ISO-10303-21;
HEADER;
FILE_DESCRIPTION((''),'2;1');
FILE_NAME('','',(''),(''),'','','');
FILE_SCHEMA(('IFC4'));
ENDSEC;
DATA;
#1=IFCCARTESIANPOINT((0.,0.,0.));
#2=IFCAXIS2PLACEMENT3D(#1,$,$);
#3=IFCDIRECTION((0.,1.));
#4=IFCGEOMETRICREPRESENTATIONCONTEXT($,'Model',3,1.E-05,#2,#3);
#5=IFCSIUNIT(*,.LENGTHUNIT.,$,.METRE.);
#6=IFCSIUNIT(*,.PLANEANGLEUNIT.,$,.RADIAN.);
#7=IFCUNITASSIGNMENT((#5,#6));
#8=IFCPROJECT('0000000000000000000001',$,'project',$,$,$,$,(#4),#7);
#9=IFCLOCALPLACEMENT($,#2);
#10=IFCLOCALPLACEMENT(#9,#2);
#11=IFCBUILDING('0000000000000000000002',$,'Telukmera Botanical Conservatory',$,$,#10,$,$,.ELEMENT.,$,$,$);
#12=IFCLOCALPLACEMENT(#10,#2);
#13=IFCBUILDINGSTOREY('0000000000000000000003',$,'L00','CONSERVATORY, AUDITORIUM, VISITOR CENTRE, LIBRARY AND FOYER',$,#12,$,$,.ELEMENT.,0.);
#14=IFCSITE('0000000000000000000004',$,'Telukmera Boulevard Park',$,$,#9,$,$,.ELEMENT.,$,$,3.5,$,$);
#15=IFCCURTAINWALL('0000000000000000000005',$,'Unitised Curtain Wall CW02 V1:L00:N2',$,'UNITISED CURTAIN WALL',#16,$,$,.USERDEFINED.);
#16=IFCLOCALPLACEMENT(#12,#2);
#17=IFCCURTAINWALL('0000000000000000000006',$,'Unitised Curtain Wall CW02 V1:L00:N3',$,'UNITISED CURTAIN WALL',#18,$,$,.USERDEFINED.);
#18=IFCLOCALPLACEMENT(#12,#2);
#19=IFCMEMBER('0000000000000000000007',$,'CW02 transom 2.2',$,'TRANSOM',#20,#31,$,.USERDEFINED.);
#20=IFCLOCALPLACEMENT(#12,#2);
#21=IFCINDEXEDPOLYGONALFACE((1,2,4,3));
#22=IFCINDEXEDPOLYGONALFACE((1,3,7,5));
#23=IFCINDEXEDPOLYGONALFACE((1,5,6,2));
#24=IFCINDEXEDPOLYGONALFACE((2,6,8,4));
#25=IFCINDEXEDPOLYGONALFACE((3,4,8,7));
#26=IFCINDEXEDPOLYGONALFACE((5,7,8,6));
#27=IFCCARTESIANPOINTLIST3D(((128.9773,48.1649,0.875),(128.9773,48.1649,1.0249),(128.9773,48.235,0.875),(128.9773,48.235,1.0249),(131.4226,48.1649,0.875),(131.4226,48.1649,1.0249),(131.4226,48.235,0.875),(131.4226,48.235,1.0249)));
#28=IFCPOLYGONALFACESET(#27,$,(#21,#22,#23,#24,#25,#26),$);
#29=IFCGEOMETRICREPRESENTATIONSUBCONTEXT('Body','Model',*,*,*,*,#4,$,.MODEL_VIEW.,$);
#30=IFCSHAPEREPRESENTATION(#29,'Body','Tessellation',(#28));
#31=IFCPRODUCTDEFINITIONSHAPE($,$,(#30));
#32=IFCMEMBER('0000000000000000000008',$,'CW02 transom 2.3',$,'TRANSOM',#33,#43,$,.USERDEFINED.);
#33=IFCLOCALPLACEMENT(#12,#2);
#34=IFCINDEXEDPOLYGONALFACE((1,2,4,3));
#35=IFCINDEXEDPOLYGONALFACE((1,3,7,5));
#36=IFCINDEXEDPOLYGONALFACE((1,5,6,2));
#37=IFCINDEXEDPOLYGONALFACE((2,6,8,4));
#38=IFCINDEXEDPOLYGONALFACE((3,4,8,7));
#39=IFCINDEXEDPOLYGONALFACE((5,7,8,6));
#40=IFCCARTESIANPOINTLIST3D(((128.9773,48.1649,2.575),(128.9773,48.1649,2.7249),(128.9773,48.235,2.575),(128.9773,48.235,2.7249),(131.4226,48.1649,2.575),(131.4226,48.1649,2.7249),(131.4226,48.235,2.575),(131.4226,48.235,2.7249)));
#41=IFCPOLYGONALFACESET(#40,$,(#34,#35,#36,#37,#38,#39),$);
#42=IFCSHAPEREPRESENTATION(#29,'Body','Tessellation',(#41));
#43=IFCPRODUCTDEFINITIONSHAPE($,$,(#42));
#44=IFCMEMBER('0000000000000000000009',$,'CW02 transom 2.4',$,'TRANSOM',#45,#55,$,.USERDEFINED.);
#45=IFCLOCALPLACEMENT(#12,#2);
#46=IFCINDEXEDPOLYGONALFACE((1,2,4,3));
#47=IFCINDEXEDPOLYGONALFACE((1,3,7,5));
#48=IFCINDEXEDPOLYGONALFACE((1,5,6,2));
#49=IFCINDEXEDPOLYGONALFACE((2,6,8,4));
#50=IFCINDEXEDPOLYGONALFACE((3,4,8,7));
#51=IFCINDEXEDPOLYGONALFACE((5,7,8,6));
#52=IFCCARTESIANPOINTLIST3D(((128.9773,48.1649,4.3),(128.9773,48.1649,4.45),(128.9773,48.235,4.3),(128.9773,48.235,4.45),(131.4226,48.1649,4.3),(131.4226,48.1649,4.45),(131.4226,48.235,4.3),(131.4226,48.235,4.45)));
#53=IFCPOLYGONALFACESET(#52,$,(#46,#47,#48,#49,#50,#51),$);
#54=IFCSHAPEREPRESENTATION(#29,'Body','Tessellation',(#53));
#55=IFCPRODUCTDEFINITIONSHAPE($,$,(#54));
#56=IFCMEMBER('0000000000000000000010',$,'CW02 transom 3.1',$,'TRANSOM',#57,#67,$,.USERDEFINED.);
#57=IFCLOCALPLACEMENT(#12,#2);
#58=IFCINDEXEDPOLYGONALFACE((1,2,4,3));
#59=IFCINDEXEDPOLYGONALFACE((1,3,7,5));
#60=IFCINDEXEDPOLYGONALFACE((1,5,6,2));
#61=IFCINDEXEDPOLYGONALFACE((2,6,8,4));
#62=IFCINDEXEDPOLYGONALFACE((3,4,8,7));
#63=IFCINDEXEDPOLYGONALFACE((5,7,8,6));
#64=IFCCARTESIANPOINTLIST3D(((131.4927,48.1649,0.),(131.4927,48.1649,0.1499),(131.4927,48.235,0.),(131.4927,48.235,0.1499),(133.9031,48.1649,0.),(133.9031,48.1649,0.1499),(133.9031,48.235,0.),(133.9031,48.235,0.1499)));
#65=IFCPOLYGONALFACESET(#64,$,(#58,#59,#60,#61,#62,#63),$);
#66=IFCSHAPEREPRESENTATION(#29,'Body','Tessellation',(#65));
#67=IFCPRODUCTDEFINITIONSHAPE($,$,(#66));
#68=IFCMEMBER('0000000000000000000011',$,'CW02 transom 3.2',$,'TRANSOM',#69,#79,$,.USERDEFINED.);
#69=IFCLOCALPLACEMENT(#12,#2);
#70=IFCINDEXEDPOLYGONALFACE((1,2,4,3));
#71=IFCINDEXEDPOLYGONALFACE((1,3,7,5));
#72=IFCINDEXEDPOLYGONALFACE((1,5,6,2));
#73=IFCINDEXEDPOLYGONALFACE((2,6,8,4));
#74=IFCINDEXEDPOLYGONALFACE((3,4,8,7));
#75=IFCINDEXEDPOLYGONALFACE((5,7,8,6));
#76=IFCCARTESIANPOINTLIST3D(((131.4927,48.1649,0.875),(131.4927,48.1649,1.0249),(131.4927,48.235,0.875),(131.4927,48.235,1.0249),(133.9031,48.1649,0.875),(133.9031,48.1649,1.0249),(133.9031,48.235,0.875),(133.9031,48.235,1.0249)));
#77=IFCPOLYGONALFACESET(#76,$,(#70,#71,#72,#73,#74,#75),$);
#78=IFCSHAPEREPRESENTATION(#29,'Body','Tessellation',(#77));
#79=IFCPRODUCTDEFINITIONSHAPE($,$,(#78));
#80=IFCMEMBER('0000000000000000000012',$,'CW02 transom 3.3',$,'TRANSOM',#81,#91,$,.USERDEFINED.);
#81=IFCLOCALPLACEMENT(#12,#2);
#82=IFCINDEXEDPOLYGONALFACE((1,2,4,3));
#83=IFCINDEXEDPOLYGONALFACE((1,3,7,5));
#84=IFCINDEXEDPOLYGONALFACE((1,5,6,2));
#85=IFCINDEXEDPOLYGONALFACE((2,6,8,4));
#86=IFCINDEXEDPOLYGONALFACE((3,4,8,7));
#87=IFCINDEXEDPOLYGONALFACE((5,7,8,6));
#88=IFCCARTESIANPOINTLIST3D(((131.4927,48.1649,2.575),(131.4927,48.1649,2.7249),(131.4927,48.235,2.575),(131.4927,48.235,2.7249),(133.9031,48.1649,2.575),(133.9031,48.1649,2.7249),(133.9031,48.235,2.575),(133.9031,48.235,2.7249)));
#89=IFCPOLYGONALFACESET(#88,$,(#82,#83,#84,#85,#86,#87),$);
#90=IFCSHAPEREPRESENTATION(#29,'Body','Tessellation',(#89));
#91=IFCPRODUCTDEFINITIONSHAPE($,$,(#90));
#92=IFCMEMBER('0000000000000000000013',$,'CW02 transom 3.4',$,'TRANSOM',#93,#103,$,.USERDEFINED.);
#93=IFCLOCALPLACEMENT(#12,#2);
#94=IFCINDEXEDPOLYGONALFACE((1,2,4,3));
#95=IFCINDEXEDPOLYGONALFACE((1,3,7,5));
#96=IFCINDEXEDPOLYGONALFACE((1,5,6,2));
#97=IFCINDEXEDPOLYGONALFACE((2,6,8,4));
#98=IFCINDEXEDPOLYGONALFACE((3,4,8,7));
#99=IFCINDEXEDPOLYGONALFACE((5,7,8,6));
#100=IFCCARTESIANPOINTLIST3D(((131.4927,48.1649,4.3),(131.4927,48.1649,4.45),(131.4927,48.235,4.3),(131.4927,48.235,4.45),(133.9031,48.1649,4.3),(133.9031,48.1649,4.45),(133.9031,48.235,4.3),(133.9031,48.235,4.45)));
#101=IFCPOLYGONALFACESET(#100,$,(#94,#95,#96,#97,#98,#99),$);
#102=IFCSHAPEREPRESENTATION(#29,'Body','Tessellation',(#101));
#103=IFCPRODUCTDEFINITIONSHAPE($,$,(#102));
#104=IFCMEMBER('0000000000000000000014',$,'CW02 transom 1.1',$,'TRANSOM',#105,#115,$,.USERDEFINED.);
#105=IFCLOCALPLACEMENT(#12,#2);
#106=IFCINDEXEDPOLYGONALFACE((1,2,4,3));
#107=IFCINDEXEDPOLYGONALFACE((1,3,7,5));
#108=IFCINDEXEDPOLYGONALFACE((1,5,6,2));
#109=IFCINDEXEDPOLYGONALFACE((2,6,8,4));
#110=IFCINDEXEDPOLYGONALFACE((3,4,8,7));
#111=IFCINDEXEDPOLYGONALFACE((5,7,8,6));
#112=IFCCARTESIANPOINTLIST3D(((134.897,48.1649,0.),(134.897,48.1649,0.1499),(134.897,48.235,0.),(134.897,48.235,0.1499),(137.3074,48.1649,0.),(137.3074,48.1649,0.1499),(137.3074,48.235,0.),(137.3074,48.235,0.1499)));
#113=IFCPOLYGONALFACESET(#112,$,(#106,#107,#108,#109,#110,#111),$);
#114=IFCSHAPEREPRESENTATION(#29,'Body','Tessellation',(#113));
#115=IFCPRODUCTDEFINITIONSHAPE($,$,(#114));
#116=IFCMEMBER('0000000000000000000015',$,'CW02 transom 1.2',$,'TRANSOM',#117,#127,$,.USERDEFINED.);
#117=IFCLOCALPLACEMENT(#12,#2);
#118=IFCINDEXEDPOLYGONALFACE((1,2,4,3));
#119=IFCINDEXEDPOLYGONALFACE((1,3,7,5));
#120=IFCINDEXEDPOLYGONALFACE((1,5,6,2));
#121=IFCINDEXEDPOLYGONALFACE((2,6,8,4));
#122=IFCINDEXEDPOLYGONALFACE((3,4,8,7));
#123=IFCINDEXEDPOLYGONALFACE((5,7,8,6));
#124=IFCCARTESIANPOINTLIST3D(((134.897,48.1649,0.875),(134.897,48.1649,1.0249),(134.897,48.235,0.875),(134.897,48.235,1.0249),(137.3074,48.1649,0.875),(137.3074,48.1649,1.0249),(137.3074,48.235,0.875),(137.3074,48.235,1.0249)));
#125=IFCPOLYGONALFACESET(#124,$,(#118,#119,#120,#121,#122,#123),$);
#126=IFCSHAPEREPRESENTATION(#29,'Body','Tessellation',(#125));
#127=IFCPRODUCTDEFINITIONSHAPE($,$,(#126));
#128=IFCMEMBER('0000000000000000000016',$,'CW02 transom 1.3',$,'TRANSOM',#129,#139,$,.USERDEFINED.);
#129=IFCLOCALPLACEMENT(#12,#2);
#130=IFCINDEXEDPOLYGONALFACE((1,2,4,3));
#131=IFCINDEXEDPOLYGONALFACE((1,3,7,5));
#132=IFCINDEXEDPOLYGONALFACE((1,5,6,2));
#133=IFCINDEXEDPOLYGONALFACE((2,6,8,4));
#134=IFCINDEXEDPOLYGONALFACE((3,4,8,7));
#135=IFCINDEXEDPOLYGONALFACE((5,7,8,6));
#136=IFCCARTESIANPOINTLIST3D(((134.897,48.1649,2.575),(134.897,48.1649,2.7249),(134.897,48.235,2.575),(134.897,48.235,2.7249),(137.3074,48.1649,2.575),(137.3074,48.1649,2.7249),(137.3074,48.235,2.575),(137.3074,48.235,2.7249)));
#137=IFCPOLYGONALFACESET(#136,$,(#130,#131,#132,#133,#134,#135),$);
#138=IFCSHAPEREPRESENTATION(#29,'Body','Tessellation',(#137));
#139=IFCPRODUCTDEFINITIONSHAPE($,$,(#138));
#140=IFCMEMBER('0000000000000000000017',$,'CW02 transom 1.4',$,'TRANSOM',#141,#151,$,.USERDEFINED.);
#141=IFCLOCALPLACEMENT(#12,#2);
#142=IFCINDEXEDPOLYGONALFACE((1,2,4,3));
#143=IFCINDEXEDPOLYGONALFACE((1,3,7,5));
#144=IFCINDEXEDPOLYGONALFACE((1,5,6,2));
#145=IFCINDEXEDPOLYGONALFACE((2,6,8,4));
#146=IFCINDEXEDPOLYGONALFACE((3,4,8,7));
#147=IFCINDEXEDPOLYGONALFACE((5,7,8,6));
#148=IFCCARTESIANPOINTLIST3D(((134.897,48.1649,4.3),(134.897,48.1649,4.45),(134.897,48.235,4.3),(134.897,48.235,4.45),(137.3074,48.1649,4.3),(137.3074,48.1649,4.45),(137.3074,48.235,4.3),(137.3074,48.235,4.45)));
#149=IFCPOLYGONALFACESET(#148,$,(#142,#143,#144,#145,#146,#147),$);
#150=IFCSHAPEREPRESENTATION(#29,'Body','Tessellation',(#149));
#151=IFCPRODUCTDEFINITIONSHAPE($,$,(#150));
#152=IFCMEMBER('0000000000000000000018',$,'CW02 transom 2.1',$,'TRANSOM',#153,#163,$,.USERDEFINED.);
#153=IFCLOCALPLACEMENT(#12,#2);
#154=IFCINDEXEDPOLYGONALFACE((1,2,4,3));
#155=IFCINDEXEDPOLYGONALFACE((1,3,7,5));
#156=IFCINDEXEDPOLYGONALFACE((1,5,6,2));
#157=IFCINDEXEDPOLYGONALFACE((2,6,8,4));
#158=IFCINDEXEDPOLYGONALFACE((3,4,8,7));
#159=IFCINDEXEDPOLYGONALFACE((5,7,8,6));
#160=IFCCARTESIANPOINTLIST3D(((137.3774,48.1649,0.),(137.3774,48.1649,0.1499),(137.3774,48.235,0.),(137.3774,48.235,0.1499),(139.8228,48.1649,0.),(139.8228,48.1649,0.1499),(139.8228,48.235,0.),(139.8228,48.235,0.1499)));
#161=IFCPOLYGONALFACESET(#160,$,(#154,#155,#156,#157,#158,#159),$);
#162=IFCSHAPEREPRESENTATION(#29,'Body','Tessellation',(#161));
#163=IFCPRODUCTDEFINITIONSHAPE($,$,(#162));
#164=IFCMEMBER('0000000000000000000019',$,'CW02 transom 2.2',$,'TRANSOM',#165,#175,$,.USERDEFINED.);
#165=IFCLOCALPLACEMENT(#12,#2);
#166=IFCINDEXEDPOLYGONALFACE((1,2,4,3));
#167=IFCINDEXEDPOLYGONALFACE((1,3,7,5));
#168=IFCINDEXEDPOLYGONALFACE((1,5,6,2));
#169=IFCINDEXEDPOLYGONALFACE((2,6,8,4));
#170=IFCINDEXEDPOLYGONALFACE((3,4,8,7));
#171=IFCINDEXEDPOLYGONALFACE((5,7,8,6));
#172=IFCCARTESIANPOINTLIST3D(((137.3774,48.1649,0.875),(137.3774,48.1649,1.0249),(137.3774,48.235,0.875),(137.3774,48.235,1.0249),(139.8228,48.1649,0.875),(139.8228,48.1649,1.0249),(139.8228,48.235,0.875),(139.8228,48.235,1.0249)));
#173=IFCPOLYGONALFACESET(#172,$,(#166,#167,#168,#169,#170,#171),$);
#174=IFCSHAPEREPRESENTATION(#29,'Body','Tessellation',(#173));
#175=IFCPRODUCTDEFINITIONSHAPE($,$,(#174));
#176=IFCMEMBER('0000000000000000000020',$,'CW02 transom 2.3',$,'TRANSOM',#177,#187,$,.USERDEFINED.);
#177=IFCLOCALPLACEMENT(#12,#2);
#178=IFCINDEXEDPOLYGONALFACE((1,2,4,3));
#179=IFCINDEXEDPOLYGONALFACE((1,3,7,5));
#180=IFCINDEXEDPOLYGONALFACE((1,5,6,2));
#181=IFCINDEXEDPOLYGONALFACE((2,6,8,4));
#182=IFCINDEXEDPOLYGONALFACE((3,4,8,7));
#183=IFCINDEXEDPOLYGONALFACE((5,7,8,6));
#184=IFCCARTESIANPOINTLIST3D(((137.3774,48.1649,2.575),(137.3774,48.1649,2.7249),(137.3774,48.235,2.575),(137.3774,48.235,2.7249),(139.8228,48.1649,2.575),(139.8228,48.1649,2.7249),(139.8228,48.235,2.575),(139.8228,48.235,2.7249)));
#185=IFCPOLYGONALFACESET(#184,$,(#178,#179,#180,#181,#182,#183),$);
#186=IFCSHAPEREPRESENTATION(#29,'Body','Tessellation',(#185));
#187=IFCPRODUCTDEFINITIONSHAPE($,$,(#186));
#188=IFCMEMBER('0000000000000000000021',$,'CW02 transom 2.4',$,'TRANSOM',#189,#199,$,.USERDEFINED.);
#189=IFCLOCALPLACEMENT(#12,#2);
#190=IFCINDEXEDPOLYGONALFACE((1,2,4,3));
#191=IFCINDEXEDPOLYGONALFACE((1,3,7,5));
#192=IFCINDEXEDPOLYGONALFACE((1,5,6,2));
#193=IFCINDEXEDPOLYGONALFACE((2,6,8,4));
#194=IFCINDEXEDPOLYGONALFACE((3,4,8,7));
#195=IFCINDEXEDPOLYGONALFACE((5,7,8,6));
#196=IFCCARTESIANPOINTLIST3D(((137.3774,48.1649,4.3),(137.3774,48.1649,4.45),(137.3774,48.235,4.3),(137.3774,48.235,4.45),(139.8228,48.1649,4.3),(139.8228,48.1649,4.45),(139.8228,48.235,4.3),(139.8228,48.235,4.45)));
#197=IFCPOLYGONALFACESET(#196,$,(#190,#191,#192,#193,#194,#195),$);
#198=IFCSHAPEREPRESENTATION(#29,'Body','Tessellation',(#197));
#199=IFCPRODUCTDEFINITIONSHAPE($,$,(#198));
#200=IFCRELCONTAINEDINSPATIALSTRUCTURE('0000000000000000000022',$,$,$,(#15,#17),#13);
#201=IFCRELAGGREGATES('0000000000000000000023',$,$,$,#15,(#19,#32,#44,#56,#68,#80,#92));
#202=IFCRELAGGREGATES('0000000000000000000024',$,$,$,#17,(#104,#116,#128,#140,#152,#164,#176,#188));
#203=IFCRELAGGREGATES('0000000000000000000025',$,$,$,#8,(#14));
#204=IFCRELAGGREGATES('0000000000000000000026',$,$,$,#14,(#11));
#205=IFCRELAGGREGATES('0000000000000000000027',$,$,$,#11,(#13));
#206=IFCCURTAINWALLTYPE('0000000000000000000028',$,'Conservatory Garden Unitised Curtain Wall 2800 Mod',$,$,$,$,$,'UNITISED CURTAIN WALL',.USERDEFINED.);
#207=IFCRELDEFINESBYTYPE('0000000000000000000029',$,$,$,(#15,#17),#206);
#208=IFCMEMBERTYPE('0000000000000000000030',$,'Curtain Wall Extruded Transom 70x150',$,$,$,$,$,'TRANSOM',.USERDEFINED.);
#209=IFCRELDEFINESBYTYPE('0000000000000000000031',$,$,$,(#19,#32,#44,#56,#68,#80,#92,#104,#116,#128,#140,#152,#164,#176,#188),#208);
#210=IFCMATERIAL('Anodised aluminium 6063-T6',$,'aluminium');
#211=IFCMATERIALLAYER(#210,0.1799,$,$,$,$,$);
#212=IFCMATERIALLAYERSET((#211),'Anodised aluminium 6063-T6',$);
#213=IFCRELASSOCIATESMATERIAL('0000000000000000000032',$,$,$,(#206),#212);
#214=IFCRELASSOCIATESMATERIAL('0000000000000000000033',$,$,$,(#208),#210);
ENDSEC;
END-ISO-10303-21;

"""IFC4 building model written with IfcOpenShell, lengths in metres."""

from ifc_helpers import new_model, si_unit, direction, frame, origin, origin_2d, place, context, subcontext, project, spatial, rectangle, extrude, material, layer, layer_set, material_profile, profile_set, type_object, element, aggregate, save


model = new_model("IFC4")

# Units and contexts
model_context = context("Model", 3, precision=1e-05, world=origin(), true_north=direction((0.0, 1.0)))
body_context = subcontext(model_context, "Body", "Model", "MODEL_VIEW")
ifc_project = project(units=[si_unit("LENGTHUNIT", "METRE"), si_unit("PLANEANGLEUNIT", "RADIAN")], contexts=[model_context])

# Site, building, storey
site_placement = place(None, origin())
site = spatial("IfcSite", under=ifc_project, at=site_placement, Name="Telukmera Boulevard Park", CompositionType="ELEMENT", RefElevation=3.5)
building_placement = place(site_placement, origin())
building = spatial("IfcBuilding", under=site, at=building_placement, Name="Telukmera Botanical Conservatory", CompositionType="ELEMENT")
storey_placement = place(building_placement, origin())
storey = spatial("IfcBuildingStorey", under=building, at=storey_placement, Name="L00", Description="CONSERVATORY, AUDITORIUM, VISITOR CENTRE, LIBRARY AND FOYER", CompositionType="ELEMENT", Elevation=0.0)

# Curtain walls
ifc_material_1 = material(Name="Anodised aluminium 6063-T6", Category="aluminium")
ifc_layer_1 = layer(ifc_material_1, 0.1799)
ifc_layer_set_1 = layer_set([ifc_layer_1], Name="Anodised aluminium 6063-T6")
curtain_wall_type = type_object("IfcCurtainWallType", Name="Conservatory Garden Unitised Curtain Wall 2800 Mod", ElementType="UNITISED CURTAIN WALL", PredefinedType="USERDEFINED", material=ifc_layer_set_1)
curtain_wall_1_placement = place(storey_placement, origin())
curtain_wall_1 = element("IfcCurtainWall", 1, at=curtain_wall_1_placement, inside=storey, type_object=curtain_wall_type, Name="Unitised Curtain Wall CW02 V1:L00:N2", ObjectType="UNITISED CURTAIN WALL", PredefinedType="USERDEFINED")
curtain_wall_2_placement = place(storey_placement, origin())
curtain_wall_2 = element("IfcCurtainWall", 2, at=curtain_wall_2_placement, inside=storey, type_object=curtain_wall_type, Name="Unitised Curtain Wall CW02 V1:L00:N3", ObjectType="UNITISED CURTAIN WALL", PredefinedType="USERDEFINED")

# Members
ifc_material_profile_1 = material_profile(ifc_material_1, rectangle(XDim=0.0701, YDim=0.1499, at=origin_2d()), Name="ALU TRAN 70x150")
ifc_profile_set_1 = profile_set([ifc_material_profile_1], Name="Anodised aluminium 6063-T6")
member_type_1 = type_object("IfcMemberType", Name="Curtain Wall Extruded Transom 70x150", ElementType="TRANSOM", PredefinedType="USERDEFINED", material=ifc_profile_set_1)
member_1_placement = place(storey_placement, frame((128.9773, 48.2, 0.95), z_axis=(1.0, 0.0, 0.0), x_axis=(0.0, 1.0, 0.0)))
member_1 = element("IfcMember", 3, at=member_1_placement, type_object=member_type_1, Name="CW02 transom 2.2", ObjectType="TRANSOM", PredefinedType="USERDEFINED", context=body_context, shape_type="SweptSolid", body=[
    extrude(rectangle(XDim=0.0701, YDim=0.1499, at=origin_2d()), origin(), (0.0, 0.0, 1.0), 2.4453),
])
member_2_placement = place(storey_placement, frame((128.9773, 48.2, 2.6499), z_axis=(1.0, 0.0, 0.0), x_axis=(0.0, 1.0, 0.0)))
member_2 = element("IfcMember", 4, at=member_2_placement, type_object=member_type_1, Name="CW02 transom 2.3", ObjectType="TRANSOM", PredefinedType="USERDEFINED", context=body_context, shape_type="SweptSolid", body=[
    extrude(rectangle(XDim=0.0701, YDim=0.1499, at=origin_2d()), origin(), (0.0, 0.0, 1.0), 2.4453),
])
member_3_placement = place(storey_placement, frame((128.9773, 48.2, 4.375), z_axis=(1.0, 0.0, 0.0), x_axis=(0.0, 1.0, 0.0)))
member_3 = element("IfcMember", 5, at=member_3_placement, type_object=member_type_1, Name="CW02 transom 2.4", ObjectType="TRANSOM", PredefinedType="USERDEFINED", context=body_context, shape_type="SweptSolid", body=[
    extrude(rectangle(XDim=0.0701, YDim=0.1499, at=origin_2d()), origin(), (0.0, 0.0, 1.0), 2.4453),
])
member_4_placement = place(storey_placement, frame((131.4927, 48.2, 0.075), z_axis=(1.0, 0.0, 0.0), x_axis=(0.0, 1.0, 0.0)))
member_4 = element("IfcMember", 6, at=member_4_placement, type_object=member_type_1, Name="CW02 transom 3.1", ObjectType="TRANSOM", PredefinedType="USERDEFINED", context=body_context, shape_type="SweptSolid", body=[
    extrude(rectangle(XDim=0.0701, YDim=0.1499, at=origin_2d()), origin(), (0.0, 0.0, 1.0), 2.4104),
])
member_5_placement = place(storey_placement, frame((131.4927, 48.2, 0.95), z_axis=(1.0, 0.0, 0.0), x_axis=(0.0, 1.0, 0.0)))
member_5 = element("IfcMember", 7, at=member_5_placement, type_object=member_type_1, Name="CW02 transom 3.2", ObjectType="TRANSOM", PredefinedType="USERDEFINED", context=body_context, shape_type="SweptSolid", body=[
    extrude(rectangle(XDim=0.0701, YDim=0.1499, at=origin_2d()), origin(), (0.0, 0.0, 1.0), 2.4104),
])
member_6_placement = place(storey_placement, frame((131.4927, 48.2, 2.6499), z_axis=(1.0, 0.0, 0.0), x_axis=(0.0, 1.0, 0.0)))
member_6 = element("IfcMember", 8, at=member_6_placement, type_object=member_type_1, Name="CW02 transom 3.3", ObjectType="TRANSOM", PredefinedType="USERDEFINED", context=body_context, shape_type="SweptSolid", body=[
    extrude(rectangle(XDim=0.0701, YDim=0.1499, at=origin_2d()), origin(), (0.0, 0.0, 1.0), 2.4104),
])
member_7_placement = place(storey_placement, frame((131.4927, 48.2, 4.375), z_axis=(1.0, 0.0, 0.0), x_axis=(0.0, 1.0, 0.0)))
member_7 = element("IfcMember", 9, at=member_7_placement, type_object=member_type_1, Name="CW02 transom 3.4", ObjectType="TRANSOM", PredefinedType="USERDEFINED", context=body_context, shape_type="SweptSolid", body=[
    extrude(rectangle(XDim=0.0701, YDim=0.1499, at=origin_2d()), origin(), (0.0, 0.0, 1.0), 2.4104),
])
member_8_placement = place(storey_placement, frame((134.897, 48.2, 0.075), z_axis=(1.0, 0.0, 0.0), x_axis=(0.0, 1.0, 0.0)))
member_8 = element("IfcMember", 10, at=member_8_placement, type_object=member_type_1, Name="CW02 transom 1.1", ObjectType="TRANSOM", PredefinedType="USERDEFINED", context=body_context, shape_type="SweptSolid", body=[
    extrude(rectangle(XDim=0.0701, YDim=0.1499, at=origin_2d()), origin(), (0.0, 0.0, 1.0), 2.4104),
])
member_9_placement = place(storey_placement, frame((134.897, 48.2, 0.95), z_axis=(1.0, 0.0, 0.0), x_axis=(0.0, 1.0, 0.0)))
member_9 = element("IfcMember", 11, at=member_9_placement, type_object=member_type_1, Name="CW02 transom 1.2", ObjectType="TRANSOM", PredefinedType="USERDEFINED", context=body_context, shape_type="SweptSolid", body=[
    extrude(rectangle(XDim=0.0701, YDim=0.1499, at=origin_2d()), origin(), (0.0, 0.0, 1.0), 2.4104),
])
member_10_placement = place(storey_placement, frame((134.897, 48.2, 2.6499), z_axis=(1.0, 0.0, 0.0), x_axis=(0.0, 1.0, 0.0)))
member_10 = element("IfcMember", 12, at=member_10_placement, type_object=member_type_1, Name="CW02 transom 1.3", ObjectType="TRANSOM", PredefinedType="USERDEFINED", context=body_context, shape_type="SweptSolid", body=[
    extrude(rectangle(XDim=0.0701, YDim=0.1499, at=origin_2d()), origin(), (0.0, 0.0, 1.0), 2.4104),
])
member_11_placement = place(storey_placement, frame((134.897, 48.2, 4.375), z_axis=(1.0, 0.0, 0.0), x_axis=(0.0, 1.0, 0.0)))
member_11 = element("IfcMember", 13, at=member_11_placement, type_object=member_type_1, Name="CW02 transom 1.4", ObjectType="TRANSOM", PredefinedType="USERDEFINED", context=body_context, shape_type="SweptSolid", body=[
    extrude(rectangle(XDim=0.0701, YDim=0.1499, at=origin_2d()), origin(), (0.0, 0.0, 1.0), 2.4104),
])
member_12_placement = place(storey_placement, frame((137.3774, 48.2, 0.075), z_axis=(1.0, 0.0, 0.0), x_axis=(0.0, 1.0, 0.0)))
member_12 = element("IfcMember", 14, at=member_12_placement, type_object=member_type_1, Name="CW02 transom 2.1", ObjectType="TRANSOM", PredefinedType="USERDEFINED", context=body_context, shape_type="SweptSolid", body=[
    extrude(rectangle(XDim=0.0701, YDim=0.1499, at=origin_2d()), origin(), (0.0, 0.0, 1.0), 2.4453),
])
member_13_placement = place(storey_placement, frame((137.3774, 48.2, 0.95), z_axis=(1.0, 0.0, 0.0), x_axis=(0.0, 1.0, 0.0)))
member_13 = element("IfcMember", 15, at=member_13_placement, type_object=member_type_1, Name="CW02 transom 2.2", ObjectType="TRANSOM", PredefinedType="USERDEFINED", context=body_context, shape_type="SweptSolid", body=[
    extrude(rectangle(XDim=0.0701, YDim=0.1499, at=origin_2d()), origin(), (0.0, 0.0, 1.0), 2.4453),
])
member_14_placement = place(storey_placement, frame((137.3774, 48.2, 2.6499), z_axis=(1.0, 0.0, 0.0), x_axis=(0.0, 1.0, 0.0)))
member_14 = element("IfcMember", 16, at=member_14_placement, type_object=member_type_1, Name="CW02 transom 2.3", ObjectType="TRANSOM", PredefinedType="USERDEFINED", context=body_context, shape_type="SweptSolid", body=[
    extrude(rectangle(XDim=0.0701, YDim=0.1499, at=origin_2d()), origin(), (0.0, 0.0, 1.0), 2.4453),
])
member_15_placement = place(storey_placement, frame((137.3774, 48.2, 4.375), z_axis=(1.0, 0.0, 0.0), x_axis=(0.0, 1.0, 0.0)))
member_15 = element("IfcMember", 17, at=member_15_placement, type_object=member_type_1, Name="CW02 transom 2.4", ObjectType="TRANSOM", PredefinedType="USERDEFINED", context=body_context, shape_type="SweptSolid", body=[
    extrude(rectangle(XDim=0.0701, YDim=0.1499, at=origin_2d()), origin(), (0.0, 0.0, 1.0), 2.4453),
])

aggregate(curtain_wall_1, [member_1, member_2, member_3, member_4, member_5, member_6, member_7])
aggregate(curtain_wall_2, [member_8, member_9, member_10, member_11, member_12, member_13, member_14, member_15])

save(model, "model.ifc")
